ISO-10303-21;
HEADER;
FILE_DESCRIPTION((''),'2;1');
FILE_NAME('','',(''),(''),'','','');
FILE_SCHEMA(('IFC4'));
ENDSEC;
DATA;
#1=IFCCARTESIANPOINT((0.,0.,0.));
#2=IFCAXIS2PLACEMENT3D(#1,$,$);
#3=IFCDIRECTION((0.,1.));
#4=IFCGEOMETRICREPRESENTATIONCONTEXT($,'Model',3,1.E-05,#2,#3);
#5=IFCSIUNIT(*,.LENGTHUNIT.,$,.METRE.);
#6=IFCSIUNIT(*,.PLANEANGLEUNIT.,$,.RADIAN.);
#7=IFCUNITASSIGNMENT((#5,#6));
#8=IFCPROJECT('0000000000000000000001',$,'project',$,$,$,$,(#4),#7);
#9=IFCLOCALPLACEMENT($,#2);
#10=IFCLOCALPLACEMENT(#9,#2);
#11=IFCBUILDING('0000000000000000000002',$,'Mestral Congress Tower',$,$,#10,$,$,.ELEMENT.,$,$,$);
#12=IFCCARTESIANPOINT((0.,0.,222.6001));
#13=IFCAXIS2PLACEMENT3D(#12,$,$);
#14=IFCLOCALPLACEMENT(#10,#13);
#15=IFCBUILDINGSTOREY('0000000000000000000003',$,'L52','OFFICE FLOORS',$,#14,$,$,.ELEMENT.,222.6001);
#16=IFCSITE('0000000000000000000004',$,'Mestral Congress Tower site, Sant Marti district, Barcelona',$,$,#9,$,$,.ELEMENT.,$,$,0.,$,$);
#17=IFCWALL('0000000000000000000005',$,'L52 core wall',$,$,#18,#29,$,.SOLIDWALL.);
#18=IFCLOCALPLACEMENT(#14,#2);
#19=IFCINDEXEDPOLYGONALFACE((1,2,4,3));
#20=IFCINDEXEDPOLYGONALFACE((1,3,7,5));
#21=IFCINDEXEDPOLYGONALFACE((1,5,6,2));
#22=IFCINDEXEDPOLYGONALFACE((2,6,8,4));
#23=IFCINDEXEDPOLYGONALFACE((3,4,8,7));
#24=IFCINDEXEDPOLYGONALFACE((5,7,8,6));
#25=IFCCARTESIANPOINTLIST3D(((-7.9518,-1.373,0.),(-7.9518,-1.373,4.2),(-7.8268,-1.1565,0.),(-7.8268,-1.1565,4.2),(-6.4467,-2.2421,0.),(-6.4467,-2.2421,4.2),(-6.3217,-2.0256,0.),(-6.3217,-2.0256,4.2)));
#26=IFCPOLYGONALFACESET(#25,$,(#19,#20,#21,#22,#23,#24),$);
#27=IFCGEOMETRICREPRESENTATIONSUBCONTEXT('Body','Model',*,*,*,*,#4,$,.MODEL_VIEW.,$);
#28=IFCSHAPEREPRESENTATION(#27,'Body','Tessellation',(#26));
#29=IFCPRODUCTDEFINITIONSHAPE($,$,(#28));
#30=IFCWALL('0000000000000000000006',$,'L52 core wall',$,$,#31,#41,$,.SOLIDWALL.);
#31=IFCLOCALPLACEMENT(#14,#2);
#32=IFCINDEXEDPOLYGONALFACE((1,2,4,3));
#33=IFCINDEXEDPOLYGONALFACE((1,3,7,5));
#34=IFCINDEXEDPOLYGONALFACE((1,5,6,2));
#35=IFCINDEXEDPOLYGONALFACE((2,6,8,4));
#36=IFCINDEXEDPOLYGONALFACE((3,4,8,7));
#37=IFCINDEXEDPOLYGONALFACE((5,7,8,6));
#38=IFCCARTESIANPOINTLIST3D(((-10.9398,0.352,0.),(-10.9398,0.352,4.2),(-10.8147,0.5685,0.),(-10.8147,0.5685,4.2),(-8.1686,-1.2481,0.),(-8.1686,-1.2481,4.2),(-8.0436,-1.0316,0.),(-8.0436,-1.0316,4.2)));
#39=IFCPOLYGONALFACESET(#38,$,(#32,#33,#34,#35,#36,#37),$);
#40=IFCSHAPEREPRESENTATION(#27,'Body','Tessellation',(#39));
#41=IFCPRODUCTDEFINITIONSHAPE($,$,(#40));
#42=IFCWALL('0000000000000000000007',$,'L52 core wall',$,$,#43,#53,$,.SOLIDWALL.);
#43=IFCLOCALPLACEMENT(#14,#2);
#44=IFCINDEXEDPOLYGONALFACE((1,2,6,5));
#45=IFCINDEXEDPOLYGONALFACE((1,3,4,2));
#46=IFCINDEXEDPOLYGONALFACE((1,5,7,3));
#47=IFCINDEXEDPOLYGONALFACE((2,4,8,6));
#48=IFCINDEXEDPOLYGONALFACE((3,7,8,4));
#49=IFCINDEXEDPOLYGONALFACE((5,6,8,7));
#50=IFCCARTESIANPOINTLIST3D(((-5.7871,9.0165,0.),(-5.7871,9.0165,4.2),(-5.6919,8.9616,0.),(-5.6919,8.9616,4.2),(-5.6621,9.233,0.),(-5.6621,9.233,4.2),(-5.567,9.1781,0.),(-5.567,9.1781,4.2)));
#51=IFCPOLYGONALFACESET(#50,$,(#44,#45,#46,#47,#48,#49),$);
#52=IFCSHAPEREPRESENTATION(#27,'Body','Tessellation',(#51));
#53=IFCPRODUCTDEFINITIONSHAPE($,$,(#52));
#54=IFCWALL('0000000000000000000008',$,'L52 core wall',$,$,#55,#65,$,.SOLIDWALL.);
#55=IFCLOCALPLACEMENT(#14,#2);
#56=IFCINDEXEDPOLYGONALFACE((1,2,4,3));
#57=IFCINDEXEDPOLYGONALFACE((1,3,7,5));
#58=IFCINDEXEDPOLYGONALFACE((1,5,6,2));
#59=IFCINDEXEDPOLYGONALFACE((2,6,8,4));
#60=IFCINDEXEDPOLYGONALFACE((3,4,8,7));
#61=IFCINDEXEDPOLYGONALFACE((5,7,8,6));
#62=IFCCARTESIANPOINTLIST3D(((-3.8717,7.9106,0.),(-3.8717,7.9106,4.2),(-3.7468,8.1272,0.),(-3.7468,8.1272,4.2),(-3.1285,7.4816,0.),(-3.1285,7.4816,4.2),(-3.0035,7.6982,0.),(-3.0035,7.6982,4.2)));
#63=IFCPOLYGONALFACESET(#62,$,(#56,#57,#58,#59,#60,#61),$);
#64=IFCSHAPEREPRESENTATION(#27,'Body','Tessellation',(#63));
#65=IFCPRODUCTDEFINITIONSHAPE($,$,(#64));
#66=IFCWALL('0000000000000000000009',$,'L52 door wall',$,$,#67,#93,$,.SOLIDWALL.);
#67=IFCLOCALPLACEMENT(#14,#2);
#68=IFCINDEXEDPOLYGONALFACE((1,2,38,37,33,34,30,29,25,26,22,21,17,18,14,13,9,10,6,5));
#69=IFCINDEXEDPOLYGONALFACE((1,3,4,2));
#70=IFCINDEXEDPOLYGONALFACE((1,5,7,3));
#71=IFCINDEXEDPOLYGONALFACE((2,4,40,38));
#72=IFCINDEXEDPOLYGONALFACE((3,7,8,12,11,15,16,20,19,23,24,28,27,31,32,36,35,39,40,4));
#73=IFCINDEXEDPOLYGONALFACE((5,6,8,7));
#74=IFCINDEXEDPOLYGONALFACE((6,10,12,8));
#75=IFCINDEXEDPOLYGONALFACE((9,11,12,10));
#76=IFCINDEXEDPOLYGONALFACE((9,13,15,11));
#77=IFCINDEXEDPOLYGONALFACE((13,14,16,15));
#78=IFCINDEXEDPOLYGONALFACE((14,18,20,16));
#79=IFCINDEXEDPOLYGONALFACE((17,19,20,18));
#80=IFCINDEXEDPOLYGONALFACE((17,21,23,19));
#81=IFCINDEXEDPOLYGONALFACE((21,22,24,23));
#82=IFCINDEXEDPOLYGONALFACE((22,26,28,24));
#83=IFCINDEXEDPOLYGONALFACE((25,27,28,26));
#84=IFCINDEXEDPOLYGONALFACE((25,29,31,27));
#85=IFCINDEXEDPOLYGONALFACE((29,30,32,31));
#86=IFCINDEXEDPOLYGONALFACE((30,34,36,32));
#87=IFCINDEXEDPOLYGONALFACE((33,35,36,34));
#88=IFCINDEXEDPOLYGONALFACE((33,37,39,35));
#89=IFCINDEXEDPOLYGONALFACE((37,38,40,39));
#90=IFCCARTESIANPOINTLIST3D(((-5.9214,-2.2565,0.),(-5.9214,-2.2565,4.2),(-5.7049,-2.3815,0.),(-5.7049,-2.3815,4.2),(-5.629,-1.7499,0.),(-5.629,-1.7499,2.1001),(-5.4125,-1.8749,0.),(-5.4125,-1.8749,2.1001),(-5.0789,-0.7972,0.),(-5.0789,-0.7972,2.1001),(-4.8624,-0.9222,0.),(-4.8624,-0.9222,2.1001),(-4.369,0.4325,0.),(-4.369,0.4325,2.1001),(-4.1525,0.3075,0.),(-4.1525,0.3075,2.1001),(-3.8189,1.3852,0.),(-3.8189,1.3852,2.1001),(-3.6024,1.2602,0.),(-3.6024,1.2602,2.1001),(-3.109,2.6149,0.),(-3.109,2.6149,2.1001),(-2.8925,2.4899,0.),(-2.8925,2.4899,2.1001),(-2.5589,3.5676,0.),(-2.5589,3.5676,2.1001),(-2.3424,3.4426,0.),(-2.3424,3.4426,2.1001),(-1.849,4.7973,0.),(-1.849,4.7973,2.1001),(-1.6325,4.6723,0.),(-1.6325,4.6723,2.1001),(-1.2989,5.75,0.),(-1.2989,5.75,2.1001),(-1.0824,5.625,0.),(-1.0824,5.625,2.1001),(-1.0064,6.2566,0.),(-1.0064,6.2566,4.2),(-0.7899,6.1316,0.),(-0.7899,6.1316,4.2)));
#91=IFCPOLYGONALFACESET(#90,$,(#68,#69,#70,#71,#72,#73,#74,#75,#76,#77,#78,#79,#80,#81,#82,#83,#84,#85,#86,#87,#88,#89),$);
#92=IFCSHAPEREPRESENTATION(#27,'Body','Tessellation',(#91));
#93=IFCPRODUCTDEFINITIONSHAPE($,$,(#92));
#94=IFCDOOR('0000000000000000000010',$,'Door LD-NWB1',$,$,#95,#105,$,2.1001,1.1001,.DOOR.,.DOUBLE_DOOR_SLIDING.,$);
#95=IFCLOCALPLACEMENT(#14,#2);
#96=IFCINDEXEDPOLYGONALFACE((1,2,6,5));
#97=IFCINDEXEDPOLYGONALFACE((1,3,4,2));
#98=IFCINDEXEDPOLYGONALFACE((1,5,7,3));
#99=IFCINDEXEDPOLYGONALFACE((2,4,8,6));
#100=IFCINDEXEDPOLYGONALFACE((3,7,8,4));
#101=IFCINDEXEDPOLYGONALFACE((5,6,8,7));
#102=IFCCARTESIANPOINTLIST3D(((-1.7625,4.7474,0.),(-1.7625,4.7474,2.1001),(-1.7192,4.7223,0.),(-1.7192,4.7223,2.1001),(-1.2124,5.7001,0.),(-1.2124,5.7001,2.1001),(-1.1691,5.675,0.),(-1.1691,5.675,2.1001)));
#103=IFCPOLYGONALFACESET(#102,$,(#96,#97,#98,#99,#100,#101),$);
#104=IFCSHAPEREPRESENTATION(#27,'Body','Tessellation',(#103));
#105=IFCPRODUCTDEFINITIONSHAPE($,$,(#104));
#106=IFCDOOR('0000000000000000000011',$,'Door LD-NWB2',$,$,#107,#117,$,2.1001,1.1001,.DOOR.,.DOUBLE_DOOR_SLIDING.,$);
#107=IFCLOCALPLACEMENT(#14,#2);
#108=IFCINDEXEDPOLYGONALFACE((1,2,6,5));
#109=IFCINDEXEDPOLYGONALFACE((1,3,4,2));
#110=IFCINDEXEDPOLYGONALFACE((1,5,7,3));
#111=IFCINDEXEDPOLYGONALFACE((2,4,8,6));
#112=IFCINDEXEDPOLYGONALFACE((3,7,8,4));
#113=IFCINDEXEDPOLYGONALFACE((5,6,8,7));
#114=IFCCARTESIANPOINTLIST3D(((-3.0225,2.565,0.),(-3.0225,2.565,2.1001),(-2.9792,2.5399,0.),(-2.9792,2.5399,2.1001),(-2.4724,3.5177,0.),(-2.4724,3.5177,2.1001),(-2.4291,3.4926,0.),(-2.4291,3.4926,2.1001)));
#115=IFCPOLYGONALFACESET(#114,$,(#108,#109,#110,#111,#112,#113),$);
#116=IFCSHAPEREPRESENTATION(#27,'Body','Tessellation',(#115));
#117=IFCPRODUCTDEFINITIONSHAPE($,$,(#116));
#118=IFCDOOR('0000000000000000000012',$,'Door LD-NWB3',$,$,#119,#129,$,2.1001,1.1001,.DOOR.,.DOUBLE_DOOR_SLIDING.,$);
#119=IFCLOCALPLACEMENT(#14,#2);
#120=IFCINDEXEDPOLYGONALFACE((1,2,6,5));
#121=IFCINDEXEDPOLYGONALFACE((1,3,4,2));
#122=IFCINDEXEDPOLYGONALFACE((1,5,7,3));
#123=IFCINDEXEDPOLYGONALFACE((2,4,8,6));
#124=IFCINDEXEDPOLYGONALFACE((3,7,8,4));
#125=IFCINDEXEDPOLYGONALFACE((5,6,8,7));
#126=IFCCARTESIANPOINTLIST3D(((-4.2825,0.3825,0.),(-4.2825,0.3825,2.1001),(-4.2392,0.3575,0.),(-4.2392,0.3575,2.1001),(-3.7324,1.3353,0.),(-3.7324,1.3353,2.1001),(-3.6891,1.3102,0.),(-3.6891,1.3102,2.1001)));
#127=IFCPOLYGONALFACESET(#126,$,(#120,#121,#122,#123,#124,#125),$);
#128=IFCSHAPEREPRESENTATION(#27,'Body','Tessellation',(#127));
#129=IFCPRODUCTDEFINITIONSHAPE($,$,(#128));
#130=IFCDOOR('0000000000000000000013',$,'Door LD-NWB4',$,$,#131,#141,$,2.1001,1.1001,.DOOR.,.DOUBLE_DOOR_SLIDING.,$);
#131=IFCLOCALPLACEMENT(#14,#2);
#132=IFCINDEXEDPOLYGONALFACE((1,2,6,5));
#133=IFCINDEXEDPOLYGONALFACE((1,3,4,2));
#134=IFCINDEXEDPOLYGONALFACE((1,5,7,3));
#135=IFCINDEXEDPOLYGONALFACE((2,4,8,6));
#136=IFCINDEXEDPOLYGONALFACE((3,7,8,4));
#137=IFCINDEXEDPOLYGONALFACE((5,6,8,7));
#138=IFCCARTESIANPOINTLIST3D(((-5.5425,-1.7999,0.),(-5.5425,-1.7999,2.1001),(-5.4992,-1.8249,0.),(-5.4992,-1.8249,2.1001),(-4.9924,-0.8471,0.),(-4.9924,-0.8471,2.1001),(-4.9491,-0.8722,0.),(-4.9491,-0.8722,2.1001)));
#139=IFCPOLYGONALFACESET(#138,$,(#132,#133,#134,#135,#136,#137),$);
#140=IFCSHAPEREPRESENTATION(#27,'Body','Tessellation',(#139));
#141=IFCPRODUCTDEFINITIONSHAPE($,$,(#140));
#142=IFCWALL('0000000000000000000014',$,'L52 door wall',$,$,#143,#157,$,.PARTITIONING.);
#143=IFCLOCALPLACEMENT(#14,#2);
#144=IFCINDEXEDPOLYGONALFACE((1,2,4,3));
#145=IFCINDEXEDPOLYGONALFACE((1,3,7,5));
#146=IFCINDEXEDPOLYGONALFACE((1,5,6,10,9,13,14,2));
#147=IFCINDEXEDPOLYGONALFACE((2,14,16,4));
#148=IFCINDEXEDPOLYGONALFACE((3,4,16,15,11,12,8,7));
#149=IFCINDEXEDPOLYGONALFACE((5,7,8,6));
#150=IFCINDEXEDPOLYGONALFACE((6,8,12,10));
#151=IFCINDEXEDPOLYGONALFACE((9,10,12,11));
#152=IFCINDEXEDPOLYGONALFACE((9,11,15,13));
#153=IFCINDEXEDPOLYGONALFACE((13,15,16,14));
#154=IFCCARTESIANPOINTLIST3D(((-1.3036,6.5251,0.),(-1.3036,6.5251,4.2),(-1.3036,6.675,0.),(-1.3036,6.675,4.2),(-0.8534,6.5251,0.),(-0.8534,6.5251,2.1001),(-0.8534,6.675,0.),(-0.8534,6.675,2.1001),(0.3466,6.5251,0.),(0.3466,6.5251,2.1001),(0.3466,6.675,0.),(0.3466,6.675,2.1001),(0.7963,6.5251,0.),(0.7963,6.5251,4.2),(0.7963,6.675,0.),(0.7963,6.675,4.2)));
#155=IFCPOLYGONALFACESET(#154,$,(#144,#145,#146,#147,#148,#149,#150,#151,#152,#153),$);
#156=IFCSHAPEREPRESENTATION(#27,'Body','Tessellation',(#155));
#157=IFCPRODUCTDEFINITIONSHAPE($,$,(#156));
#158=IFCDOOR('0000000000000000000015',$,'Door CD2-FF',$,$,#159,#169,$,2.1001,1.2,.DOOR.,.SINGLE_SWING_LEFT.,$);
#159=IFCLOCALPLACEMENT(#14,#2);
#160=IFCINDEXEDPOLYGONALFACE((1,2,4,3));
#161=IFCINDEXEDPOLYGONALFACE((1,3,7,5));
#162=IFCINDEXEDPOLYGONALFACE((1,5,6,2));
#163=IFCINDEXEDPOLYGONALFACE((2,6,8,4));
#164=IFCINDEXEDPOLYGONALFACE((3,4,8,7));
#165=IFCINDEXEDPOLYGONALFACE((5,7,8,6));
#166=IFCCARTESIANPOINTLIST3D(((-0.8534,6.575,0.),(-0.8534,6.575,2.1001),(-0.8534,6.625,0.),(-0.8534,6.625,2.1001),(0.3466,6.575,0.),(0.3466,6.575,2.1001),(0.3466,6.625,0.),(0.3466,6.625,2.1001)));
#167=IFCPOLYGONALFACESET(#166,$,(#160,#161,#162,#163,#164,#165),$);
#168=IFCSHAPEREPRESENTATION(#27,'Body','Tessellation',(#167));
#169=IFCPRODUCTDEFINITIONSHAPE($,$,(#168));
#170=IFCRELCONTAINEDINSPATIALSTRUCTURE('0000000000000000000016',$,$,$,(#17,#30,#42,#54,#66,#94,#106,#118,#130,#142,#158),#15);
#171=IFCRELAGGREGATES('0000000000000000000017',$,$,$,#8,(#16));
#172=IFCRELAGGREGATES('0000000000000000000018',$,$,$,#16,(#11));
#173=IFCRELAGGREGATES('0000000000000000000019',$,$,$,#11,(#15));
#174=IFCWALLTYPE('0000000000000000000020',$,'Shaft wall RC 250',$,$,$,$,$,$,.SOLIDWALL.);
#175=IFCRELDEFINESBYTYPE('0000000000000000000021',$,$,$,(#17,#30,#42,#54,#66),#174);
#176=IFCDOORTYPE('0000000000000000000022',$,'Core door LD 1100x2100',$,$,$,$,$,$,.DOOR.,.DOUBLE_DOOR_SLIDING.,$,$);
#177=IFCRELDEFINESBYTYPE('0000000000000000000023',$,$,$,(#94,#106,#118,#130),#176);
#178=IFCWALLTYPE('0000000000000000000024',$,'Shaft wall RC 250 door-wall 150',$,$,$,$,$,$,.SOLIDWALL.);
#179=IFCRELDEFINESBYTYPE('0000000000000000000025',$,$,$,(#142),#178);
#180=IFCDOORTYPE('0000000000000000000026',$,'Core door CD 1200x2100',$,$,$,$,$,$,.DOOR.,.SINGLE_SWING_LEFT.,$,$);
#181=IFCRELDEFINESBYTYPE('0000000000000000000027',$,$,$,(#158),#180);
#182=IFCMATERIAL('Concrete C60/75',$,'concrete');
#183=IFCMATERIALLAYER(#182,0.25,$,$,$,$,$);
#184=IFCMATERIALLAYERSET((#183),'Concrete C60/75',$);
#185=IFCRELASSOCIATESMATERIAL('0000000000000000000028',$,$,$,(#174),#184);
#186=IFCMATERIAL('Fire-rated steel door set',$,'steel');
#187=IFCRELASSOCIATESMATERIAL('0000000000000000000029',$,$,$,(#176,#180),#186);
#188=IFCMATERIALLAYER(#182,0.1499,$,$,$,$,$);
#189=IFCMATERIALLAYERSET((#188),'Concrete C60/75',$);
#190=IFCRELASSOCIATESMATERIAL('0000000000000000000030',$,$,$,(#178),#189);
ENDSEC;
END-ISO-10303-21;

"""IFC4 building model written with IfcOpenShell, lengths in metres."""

from ifc_helpers import new_model, si_unit, direction, frame, frame_2d, origin, place, context, subcontext, project, spatial, rectangle, extrude, material, layer, layer_set, type_object, element, fill, save


model = new_model("IFC4")

# Units and contexts
model_context = context("Model", 3, precision=1e-05, world=origin(), true_north=direction((0.0, 1.0)))
body_context = subcontext(model_context, "Body", "Model", "MODEL_VIEW")
ifc_project = project(units=[si_unit("LENGTHUNIT", "METRE"), si_unit("PLANEANGLEUNIT", "RADIAN")], contexts=[model_context])

# Site, building, storey
site_placement = place(None, origin())
site = spatial("IfcSite", under=ifc_project, at=site_placement, Name="Mestral Congress Tower site, Sant Marti district, Barcelona", CompositionType="ELEMENT", RefElevation=0.0)
building_placement = place(site_placement, origin())
building = spatial("IfcBuilding", under=site, at=building_placement, Name="Mestral Congress Tower", CompositionType="ELEMENT")
storey_placement = place(building_placement, frame((0.0, 0.0, 222.6001)))
storey = spatial("IfcBuildingStorey", under=building, at=storey_placement, Name="L52", Description="OFFICE FLOORS", CompositionType="ELEMENT", Elevation=222.6001)

# Shared definitions
ifc_material_1 = material(Name="Fire-rated steel door set", Category="steel")

# Walls
ifc_material_2 = material(Name="Concrete C60/75", Category="concrete")
ifc_layer_1 = layer(ifc_material_2, 0.25)
ifc_layer_set_1 = layer_set([ifc_layer_1], Name="Concrete C60/75")
wall_type_1 = type_object("IfcWallType", Name="Shaft wall RC 250", PredefinedType="SOLIDWALL", material=ifc_layer_set_1)
wall_1_placement = place(storey_placement, frame((-7.8894, -1.2646, 0.0), z_axis=(0.0, 0.0, 1.0), x_axis=(0.865987, -0.500067, 0.0)))
element("IfcWall", 1, at=wall_1_placement, inside=storey, type_object=wall_type_1, Name="L52 core wall", PredefinedType="SOLIDWALL", context=body_context, shape_type="SweptSolid", body=[
    extrude(rectangle(XDim=1.738, YDim=0.25, at=frame_2d((0.8691, 0.0))), origin(), (0.0, 0.0, 1.0), 4.2),
])
wall_2_placement = place(storey_placement, frame((-8.106, -1.1399, 0.0), z_axis=(0.0, 0.0, 1.0), x_axis=(-0.866009, 0.500028, 0.0)))
element("IfcWall", 2, at=wall_2_placement, inside=storey, type_object=wall_type_1, Name="L52 core wall", PredefinedType="SOLIDWALL", context=body_context, shape_type="SweptSolid", body=[
    extrude(rectangle(XDim=3.2, YDim=0.25, at=frame_2d((1.6001, 0.0))), origin(), (0.0, 0.0, 1.0), 4.2),
])
wall_3_placement = place(storey_placement, frame((-5.7246, 9.1248, 0.0), z_axis=(0.0, 0.0, 1.0), x_axis=(0.866186, -0.499722, 0.0)))
element("IfcWall", 3, at=wall_3_placement, inside=storey, type_object=wall_type_1, Name="L52 core wall", PredefinedType="SOLIDWALL", context=body_context, shape_type="SweptSolid", body=[
    extrude(rectangle(XDim=0.1099, YDim=0.25, at=frame_2d((0.0549, 0.0))), origin(), (0.0, 0.0, 1.0), 4.2),
])
wall_4_placement = place(storey_placement, frame((-3.0659, 7.5898, 0.0), z_axis=(0.0, 0.0, 1.0), x_axis=(-0.866081, 0.499903, 0.0)))
element("IfcWall", 4, at=wall_4_placement, inside=storey, type_object=wall_type_1, Name="L52 core wall", PredefinedType="SOLIDWALL", context=body_context, shape_type="SweptSolid", body=[
    extrude(rectangle(XDim=0.8582, YDim=0.25, at=frame_2d((0.4292, 0.0))), origin(), (0.0, 0.0, 1.0), 4.2),
])

# Wall, openings, doors
wall_5_placement = place(storey_placement, frame((-0.8982, 6.1941, 0.0), z_axis=(0.0, 0.0, 1.0), x_axis=(-0.499996, -0.866028, 0.0)))
wall_5 = element("IfcWall", 5, at=wall_5_placement, inside=storey, type_object=wall_type_1, Name="L52 door wall", PredefinedType="SOLIDWALL", context=body_context, shape_type="SweptSolid", body=[
    extrude(rectangle(XDim=9.8301, YDim=0.25, at=frame_2d((4.915, 0.0))), origin(), (0.0, 0.0, 1.0), 4.2),
])
opening_1_placement = place(wall_5_placement, frame((0.585, 0.0, 0.0)))
opening_1 = element("IfcOpeningElement", 6, at=opening_1_placement, cuts=wall_5, PredefinedType="OPENING", context=body_context, shape_type="SweptSolid", body=[
    extrude(rectangle(XDim=1.1001, YDim=2.1001, at=frame_2d((0.55, 1.05))), frame((0.0, 0.135, 0.0), z_axis=(0.0, -1.0, 0.0), x_axis=(1.0, 0.0, 0.0)), (0.0, 0.0, 1.0), 0.27),
])
opening_2_placement = place(wall_5_placement, frame((3.105, 0.0, 0.0)))
opening_2 = element("IfcOpeningElement", 7, at=opening_2_placement, cuts=wall_5, PredefinedType="OPENING", context=body_context, shape_type="SweptSolid", body=[
    extrude(rectangle(XDim=1.1001, YDim=2.1001, at=frame_2d((0.55, 1.05))), frame((0.0, 0.135, 0.0), z_axis=(0.0, -1.0, 0.0), x_axis=(1.0, 0.0, 0.0)), (0.0, 0.0, 1.0), 0.27),
])
opening_3_placement = place(wall_5_placement, frame((5.625, 0.0, 0.0)))
opening_3 = element("IfcOpeningElement", 8, at=opening_3_placement, cuts=wall_5, PredefinedType="OPENING", context=body_context, shape_type="SweptSolid", body=[
    extrude(rectangle(XDim=1.1001, YDim=2.1001, at=frame_2d((0.55, 1.05))), frame((0.0, 0.135, 0.0), z_axis=(0.0, -1.0, 0.0), x_axis=(1.0, 0.0, 0.0)), (0.0, 0.0, 1.0), 0.27),
])
opening_4_placement = place(wall_5_placement, frame((8.145, 0.0, 0.0)))
opening_4 = element("IfcOpeningElement", 9, at=opening_4_placement, cuts=wall_5, PredefinedType="OPENING", context=body_context, shape_type="SweptSolid", body=[
    extrude(rectangle(XDim=1.1001, YDim=2.1001, at=frame_2d((0.55, 1.05))), frame((0.0, 0.135, 0.0), z_axis=(0.0, -1.0, 0.0), x_axis=(1.0, 0.0, 0.0)), (0.0, 0.0, 1.0), 0.27),
])
door_type_1 = type_object("IfcDoorType", Name="Core door LD 1100x2100", OperationType="DOUBLE_DOOR_SLIDING", PredefinedType="DOOR", material=ifc_material_1)
door_1_placement = place(opening_1_placement, origin())
door_1 = element("IfcDoor", 10, at=door_1_placement, inside=storey, type_object=door_type_1, Name="Door LD-NWB1", OperationType="DOUBLE_DOOR_SLIDING", OverallHeight=2.1001, OverallWidth=1.1001, PredefinedType="DOOR", context=body_context, shape_type="SweptSolid", body=[
    extrude(rectangle(XDim=1.1001, YDim=2.1001, at=frame_2d((0.55, 1.05))), frame((0.0, 0.0249, 0.0), z_axis=(0.0, -1.0, 0.0), x_axis=(1.0, 0.0, 0.0)), (0.0, 0.0, 1.0), 0.05),
])
fill(opening_1, door_1)
door_2_placement = place(opening_2_placement, origin())
door_2 = element("IfcDoor", 11, at=door_2_placement, inside=storey, type_object=door_type_1, Name="Door LD-NWB2", OperationType="DOUBLE_DOOR_SLIDING", OverallHeight=2.1001, OverallWidth=1.1001, PredefinedType="DOOR", context=body_context, shape_type="SweptSolid", body=[
    extrude(rectangle(XDim=1.1001, YDim=2.1001, at=frame_2d((0.55, 1.05))), frame((0.0, 0.0249, 0.0), z_axis=(0.0, -1.0, 0.0), x_axis=(1.0, 0.0, 0.0)), (0.0, 0.0, 1.0), 0.05),
])
fill(opening_2, door_2)
door_3_placement = place(opening_3_placement, origin())
door_3 = element("IfcDoor", 12, at=door_3_placement, inside=storey, type_object=door_type_1, Name="Door LD-NWB3", OperationType="DOUBLE_DOOR_SLIDING", OverallHeight=2.1001, OverallWidth=1.1001, PredefinedType="DOOR", context=body_context, shape_type="SweptSolid", body=[
    extrude(rectangle(XDim=1.1001, YDim=2.1001, at=frame_2d((0.55, 1.05))), frame((0.0, 0.0249, 0.0), z_axis=(0.0, -1.0, 0.0), x_axis=(1.0, 0.0, 0.0)), (0.0, 0.0, 1.0), 0.05),
])
fill(opening_3, door_3)
door_4_placement = place(opening_4_placement, origin())
door_4 = element("IfcDoor", 13, at=door_4_placement, inside=storey, type_object=door_type_1, Name="Door LD-NWB4", OperationType="DOUBLE_DOOR_SLIDING", OverallHeight=2.1001, OverallWidth=1.1001, PredefinedType="DOOR", context=body_context, shape_type="SweptSolid", body=[
    extrude(rectangle(XDim=1.1001, YDim=2.1001, at=frame_2d((0.55, 1.05))), frame((0.0, 0.0249, 0.0), z_axis=(0.0, -1.0, 0.0), x_axis=(1.0, 0.0, 0.0)), (0.0, 0.0, 1.0), 0.05),
])
fill(opening_4, door_4)

# Wall, opening, door
ifc_layer_2 = layer(ifc_material_2, 0.1499)
ifc_layer_set_2 = layer_set([ifc_layer_2], Name="Concrete C60/75")
wall_type_2 = type_object("IfcWallType", Name="Shaft wall RC 250 door-wall 150", PredefinedType="SOLIDWALL", material=ifc_layer_set_2)
wall_6_placement = place(storey_placement, frame((-1.3035, 6.6001, 0.0), z_axis=(0.0, 0.0, 1.0), x_axis=(1.0, 0.0, 0.0)))
wall_6 = element("IfcWall", 14, at=wall_6_placement, inside=storey, type_object=wall_type_2, Name="L52 door wall", PredefinedType="PARTITIONING", context=body_context, shape_type="SweptSolid", body=[
    extrude(rectangle(XDim=2.0999, YDim=0.1499, at=frame_2d((1.0498, 0.0))), origin(), (0.0, 0.0, 1.0), 4.2),
])
opening_5_placement = place(wall_6_placement, frame((0.45, 0.0, 0.0)))
opening_5 = element("IfcOpeningElement", 15, at=opening_5_placement, cuts=wall_6, PredefinedType="OPENING", context=body_context, shape_type="SweptSolid", body=[
    extrude(rectangle(XDim=1.2, YDim=2.1001, at=frame_2d((0.6001, 1.05))), frame((0.0, 0.085, 0.0), z_axis=(0.0, -1.0, 0.0), x_axis=(1.0, 0.0, 0.0)), (0.0, 0.0, 1.0), 0.1699),
])
door_type_2 = type_object("IfcDoorType", Name="Core door CD 1200x2100", OperationType="SINGLE_SWING_LEFT", PredefinedType="DOOR", material=ifc_material_1)
door_5_placement = place(opening_5_placement, origin())
door_5 = element("IfcDoor", 16, at=door_5_placement, inside=storey, type_object=door_type_2, Name="Door CD2-FF", OperationType="SINGLE_SWING_LEFT", OverallHeight=2.1001, OverallWidth=1.2, PredefinedType="DOOR", context=body_context, shape_type="SweptSolid", body=[
    extrude(rectangle(XDim=1.2, YDim=2.1001, at=frame_2d((0.6001, 1.05))), frame((0.0, 0.0249, 0.0), z_axis=(0.0, -1.0, 0.0), x_axis=(1.0, 0.0, 0.0)), (0.0, 0.0, 1.0), 0.05),
])
fill(opening_5, door_5)

save(model, "model.ifc")
